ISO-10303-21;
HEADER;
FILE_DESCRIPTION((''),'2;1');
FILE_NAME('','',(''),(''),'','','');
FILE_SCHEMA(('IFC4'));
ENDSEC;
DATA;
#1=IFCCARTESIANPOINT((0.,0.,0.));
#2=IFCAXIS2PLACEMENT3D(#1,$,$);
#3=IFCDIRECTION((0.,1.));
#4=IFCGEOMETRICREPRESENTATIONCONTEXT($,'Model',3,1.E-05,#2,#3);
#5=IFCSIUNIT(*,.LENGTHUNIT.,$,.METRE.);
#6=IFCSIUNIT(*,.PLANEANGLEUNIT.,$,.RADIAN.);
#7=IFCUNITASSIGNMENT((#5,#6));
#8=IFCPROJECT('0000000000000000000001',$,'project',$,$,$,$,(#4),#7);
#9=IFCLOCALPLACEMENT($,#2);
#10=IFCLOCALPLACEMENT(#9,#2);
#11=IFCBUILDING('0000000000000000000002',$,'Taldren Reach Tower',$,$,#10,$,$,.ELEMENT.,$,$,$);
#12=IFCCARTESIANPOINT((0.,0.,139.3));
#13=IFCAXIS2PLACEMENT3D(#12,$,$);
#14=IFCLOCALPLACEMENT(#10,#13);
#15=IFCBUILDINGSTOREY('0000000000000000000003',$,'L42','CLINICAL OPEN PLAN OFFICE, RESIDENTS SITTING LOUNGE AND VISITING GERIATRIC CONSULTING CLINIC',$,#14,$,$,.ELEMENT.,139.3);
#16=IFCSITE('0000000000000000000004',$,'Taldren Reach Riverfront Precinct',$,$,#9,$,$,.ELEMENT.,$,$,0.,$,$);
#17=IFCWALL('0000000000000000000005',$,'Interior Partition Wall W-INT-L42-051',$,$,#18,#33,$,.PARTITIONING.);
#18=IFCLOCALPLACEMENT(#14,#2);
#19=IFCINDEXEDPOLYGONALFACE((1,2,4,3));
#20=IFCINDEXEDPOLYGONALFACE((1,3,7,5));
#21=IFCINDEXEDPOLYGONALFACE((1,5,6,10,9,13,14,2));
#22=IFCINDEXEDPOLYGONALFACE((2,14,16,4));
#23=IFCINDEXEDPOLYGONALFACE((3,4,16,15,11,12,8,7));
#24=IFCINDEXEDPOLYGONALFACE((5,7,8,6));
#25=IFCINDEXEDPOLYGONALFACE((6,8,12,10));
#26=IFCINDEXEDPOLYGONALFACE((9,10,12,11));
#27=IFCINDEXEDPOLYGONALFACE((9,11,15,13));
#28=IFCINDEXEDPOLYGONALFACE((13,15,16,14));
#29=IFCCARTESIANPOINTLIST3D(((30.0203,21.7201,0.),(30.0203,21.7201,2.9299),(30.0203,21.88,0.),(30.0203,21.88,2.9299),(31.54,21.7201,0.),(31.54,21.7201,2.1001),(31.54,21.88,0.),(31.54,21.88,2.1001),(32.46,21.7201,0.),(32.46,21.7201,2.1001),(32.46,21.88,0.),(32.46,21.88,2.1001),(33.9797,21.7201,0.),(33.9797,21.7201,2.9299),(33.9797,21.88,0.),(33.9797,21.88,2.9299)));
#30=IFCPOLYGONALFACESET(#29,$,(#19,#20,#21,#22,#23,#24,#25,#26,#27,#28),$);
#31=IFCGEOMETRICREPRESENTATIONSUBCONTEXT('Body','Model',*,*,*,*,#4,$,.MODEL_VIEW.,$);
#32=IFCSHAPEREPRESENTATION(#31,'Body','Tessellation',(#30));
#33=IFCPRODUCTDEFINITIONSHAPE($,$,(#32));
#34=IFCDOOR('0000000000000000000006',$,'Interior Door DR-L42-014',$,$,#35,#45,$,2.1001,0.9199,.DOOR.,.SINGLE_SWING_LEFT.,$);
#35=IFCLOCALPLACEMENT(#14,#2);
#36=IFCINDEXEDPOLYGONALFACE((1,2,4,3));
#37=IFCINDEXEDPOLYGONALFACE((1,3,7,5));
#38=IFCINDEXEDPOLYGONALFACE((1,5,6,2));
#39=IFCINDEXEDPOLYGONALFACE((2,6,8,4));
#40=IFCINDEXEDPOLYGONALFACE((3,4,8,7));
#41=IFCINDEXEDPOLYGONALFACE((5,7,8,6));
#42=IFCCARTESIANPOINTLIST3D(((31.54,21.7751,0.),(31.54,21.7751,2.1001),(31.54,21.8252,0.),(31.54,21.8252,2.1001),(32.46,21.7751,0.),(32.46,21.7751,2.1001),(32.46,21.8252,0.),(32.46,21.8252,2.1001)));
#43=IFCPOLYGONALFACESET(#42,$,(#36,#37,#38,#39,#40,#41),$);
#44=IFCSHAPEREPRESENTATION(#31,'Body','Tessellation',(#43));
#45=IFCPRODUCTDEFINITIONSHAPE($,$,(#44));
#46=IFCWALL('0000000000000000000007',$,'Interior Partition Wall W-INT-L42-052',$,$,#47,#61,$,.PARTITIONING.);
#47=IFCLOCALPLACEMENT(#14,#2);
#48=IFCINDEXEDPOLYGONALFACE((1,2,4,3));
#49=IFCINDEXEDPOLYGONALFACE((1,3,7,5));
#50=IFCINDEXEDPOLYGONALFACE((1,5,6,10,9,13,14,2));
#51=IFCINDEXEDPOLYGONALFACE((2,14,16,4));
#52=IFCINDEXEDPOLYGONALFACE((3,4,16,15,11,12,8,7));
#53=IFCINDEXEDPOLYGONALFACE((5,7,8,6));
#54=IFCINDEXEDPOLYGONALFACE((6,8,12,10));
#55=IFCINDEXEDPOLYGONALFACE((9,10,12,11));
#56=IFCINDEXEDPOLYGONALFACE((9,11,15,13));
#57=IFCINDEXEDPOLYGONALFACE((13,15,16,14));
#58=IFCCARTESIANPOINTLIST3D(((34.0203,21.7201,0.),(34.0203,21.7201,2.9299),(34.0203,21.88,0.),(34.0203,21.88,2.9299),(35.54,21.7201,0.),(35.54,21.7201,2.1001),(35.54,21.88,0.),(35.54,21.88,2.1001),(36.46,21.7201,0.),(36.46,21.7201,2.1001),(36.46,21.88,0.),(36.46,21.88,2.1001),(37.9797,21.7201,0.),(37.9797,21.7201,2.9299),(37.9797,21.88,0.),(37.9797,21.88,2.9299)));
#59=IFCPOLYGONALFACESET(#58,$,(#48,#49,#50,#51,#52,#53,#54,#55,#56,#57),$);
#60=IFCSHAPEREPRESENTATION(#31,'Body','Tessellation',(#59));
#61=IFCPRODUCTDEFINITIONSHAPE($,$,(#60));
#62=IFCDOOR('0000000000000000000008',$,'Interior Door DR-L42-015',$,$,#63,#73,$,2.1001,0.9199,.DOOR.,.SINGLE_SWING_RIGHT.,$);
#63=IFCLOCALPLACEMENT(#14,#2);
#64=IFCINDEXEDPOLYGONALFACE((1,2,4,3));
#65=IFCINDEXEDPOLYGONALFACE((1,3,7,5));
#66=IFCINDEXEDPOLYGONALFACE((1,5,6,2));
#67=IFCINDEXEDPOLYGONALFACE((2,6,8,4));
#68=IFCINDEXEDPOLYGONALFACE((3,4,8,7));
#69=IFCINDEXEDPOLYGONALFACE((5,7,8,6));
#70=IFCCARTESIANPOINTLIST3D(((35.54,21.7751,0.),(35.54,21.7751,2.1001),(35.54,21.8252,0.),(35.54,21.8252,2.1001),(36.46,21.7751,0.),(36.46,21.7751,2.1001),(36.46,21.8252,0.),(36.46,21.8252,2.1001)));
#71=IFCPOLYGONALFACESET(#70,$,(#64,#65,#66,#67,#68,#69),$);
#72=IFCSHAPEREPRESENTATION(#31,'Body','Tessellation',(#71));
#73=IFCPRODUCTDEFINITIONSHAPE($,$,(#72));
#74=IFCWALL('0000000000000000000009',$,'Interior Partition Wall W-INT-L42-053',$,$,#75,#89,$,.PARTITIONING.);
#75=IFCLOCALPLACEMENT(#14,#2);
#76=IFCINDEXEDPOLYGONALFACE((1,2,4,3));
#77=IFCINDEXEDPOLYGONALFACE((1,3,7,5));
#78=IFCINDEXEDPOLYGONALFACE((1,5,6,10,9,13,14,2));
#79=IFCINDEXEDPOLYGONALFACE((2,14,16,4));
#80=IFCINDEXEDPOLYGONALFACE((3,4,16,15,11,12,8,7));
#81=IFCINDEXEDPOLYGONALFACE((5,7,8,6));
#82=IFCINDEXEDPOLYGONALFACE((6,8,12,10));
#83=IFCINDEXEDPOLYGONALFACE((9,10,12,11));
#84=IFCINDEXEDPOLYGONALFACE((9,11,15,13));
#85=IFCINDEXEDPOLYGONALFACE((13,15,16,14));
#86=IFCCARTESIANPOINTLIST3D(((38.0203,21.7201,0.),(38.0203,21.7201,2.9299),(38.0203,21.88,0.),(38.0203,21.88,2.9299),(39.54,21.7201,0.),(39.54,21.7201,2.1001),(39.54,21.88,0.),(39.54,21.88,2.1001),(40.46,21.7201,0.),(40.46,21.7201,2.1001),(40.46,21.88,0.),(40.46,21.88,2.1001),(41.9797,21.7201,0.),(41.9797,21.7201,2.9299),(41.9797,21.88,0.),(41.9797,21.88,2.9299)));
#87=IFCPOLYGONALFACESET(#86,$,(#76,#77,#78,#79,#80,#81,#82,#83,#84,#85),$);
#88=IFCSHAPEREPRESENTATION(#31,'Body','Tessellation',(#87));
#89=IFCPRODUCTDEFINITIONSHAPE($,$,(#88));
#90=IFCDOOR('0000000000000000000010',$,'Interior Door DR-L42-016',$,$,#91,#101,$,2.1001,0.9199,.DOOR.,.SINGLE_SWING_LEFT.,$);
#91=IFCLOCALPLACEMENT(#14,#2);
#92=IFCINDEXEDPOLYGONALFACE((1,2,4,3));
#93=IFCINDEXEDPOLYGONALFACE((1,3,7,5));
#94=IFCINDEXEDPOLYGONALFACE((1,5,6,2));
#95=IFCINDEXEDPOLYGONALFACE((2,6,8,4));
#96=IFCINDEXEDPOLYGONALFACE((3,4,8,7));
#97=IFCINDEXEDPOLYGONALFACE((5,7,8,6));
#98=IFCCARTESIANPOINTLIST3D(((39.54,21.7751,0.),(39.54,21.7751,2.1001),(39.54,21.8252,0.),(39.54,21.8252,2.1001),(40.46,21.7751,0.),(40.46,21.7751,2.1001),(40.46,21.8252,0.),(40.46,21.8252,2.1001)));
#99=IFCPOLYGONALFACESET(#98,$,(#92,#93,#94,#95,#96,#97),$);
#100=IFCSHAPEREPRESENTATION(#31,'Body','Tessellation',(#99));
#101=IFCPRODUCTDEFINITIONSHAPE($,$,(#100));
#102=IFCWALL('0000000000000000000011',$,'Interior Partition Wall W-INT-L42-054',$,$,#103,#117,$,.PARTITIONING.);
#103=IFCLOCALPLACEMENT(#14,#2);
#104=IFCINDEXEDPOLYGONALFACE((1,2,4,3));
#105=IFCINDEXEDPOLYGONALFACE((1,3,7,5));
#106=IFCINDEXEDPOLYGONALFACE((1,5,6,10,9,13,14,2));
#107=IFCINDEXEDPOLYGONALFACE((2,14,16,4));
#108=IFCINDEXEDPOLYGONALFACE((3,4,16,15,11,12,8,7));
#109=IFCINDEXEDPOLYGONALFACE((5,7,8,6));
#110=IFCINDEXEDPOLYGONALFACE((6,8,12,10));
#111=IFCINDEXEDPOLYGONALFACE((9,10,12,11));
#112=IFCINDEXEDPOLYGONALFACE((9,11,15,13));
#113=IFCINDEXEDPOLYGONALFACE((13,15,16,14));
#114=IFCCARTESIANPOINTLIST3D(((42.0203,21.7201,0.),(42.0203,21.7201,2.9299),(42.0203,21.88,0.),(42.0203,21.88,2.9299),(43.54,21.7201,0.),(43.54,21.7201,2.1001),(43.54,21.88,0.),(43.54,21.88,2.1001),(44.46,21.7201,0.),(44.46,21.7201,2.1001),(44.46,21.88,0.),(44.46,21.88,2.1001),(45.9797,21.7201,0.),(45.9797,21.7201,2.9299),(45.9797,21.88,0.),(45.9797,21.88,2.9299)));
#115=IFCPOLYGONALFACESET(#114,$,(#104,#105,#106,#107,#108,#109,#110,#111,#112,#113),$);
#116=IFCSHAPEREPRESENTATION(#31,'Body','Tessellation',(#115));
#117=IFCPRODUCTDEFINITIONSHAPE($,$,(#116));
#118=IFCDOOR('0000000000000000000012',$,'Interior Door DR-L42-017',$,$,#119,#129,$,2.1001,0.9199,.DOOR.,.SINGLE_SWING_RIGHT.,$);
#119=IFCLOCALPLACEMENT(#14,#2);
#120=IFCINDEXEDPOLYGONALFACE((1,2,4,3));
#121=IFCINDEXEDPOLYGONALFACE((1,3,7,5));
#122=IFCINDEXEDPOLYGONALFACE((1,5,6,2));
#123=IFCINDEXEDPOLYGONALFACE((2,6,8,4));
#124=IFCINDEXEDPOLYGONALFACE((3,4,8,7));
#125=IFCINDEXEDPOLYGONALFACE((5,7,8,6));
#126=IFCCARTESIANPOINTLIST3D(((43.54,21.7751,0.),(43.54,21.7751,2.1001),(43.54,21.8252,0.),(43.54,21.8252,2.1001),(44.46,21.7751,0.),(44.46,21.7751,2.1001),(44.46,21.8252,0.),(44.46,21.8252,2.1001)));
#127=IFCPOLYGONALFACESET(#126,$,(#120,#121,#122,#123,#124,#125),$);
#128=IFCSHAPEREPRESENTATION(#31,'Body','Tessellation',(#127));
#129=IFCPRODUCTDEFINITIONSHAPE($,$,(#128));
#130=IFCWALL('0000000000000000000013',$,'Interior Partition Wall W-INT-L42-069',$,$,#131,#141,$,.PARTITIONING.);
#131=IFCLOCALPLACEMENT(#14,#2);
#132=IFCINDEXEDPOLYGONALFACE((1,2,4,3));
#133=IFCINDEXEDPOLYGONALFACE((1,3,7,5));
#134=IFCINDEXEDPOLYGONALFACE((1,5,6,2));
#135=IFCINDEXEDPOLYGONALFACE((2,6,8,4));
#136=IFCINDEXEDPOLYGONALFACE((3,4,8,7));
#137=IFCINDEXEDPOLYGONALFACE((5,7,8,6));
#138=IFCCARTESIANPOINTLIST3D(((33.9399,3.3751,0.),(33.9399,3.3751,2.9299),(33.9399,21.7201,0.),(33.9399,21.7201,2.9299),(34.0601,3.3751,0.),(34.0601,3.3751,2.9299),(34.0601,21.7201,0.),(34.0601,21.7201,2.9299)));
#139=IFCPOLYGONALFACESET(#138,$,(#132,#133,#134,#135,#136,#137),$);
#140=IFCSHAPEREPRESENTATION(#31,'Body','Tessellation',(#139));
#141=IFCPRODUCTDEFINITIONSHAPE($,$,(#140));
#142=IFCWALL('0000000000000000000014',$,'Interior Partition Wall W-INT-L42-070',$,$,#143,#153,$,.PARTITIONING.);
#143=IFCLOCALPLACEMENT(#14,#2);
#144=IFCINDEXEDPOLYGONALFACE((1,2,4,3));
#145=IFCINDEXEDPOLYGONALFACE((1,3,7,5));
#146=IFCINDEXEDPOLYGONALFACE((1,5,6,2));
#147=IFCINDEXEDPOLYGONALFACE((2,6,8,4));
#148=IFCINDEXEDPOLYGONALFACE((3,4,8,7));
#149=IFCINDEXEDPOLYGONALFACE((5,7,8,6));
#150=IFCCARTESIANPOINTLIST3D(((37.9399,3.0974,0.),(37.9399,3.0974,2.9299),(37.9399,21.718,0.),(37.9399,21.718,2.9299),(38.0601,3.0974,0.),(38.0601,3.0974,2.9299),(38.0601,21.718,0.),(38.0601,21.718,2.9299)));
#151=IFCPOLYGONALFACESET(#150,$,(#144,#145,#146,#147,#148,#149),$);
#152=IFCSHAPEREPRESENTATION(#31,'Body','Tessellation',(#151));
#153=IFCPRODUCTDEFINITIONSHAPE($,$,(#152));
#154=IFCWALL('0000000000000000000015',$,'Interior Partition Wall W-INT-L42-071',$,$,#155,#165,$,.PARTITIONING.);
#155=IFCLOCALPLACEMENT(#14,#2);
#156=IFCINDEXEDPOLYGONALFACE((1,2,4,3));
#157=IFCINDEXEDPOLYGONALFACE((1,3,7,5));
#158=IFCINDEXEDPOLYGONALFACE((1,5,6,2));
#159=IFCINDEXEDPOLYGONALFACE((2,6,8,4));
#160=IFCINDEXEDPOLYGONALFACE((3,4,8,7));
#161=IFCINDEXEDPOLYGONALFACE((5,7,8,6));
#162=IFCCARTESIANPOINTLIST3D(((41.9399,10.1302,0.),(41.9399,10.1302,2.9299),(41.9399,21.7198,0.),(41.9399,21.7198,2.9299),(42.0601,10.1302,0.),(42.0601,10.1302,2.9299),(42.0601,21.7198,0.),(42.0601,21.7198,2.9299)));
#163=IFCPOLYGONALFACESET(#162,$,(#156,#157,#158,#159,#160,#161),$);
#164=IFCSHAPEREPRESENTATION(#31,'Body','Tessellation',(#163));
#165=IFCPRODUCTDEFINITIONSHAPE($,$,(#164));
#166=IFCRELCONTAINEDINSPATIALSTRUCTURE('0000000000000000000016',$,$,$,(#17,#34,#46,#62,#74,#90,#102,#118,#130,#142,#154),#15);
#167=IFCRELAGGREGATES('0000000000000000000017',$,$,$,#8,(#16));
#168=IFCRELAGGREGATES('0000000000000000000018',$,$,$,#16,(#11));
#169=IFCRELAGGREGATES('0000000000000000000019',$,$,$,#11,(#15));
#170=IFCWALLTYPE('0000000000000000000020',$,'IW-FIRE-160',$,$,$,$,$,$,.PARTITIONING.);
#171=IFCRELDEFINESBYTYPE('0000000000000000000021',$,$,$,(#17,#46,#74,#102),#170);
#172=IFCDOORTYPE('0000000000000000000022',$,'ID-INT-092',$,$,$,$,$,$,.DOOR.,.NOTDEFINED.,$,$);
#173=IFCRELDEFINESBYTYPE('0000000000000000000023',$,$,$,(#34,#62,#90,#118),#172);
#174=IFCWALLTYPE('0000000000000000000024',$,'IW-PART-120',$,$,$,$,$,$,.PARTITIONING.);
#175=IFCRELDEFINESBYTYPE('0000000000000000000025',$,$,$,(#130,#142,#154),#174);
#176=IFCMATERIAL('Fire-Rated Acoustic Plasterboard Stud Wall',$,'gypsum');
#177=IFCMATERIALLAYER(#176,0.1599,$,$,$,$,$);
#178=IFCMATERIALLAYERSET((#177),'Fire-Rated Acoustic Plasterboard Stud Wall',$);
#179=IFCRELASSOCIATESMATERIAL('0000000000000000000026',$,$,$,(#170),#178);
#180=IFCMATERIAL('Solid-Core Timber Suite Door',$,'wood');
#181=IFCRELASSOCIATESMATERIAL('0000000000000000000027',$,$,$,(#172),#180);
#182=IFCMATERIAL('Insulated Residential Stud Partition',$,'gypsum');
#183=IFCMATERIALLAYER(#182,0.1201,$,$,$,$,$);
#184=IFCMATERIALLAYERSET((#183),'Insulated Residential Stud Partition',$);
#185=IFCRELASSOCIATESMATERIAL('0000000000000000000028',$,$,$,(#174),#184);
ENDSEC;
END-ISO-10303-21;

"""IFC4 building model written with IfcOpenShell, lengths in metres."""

from ifc_helpers import new_model, si_unit, direction, frame, frame_2d, origin, place, context, subcontext, project, spatial, rectangle, extrude, source, transform, mapped, material, layer, layer_set, type_object, element, fill, save


model = new_model("IFC4")

# Units and contexts
model_context = context("Model", 3, precision=1e-05, world=origin(), true_north=direction((0.0, 1.0)))
body_context = subcontext(model_context, "Body", "Model", "MODEL_VIEW")
ifc_project = project(units=[si_unit("LENGTHUNIT", "METRE"), si_unit("PLANEANGLEUNIT", "RADIAN")], contexts=[model_context])

# Site, building, storey
site_placement = place(None, origin())
site = spatial("IfcSite", under=ifc_project, at=site_placement, Name="Taldren Reach Riverfront Precinct", CompositionType="ELEMENT", RefElevation=0.0)
building_placement = place(site_placement, origin())
building = spatial("IfcBuilding", under=site, at=building_placement, Name="Taldren Reach Tower", CompositionType="ELEMENT")
storey_placement = place(building_placement, frame((0.0, 0.0, 139.3)))
storey = spatial("IfcBuildingStorey", under=building, at=storey_placement, Name="L42", Description="CLINICAL OPEN PLAN OFFICE, RESIDENTS SITTING LOUNGE AND VISITING GERIATRIC CONSULTING CLINIC", CompositionType="ELEMENT", Elevation=139.3)

# Walls, openings, doors
ifc_material_1 = material(Name="Fire-Rated Acoustic Plasterboard Stud Wall", Category="gypsum")
ifc_layer_1 = layer(ifc_material_1, 0.1599)
ifc_layer_set_1 = layer_set([ifc_layer_1], Name="Fire-Rated Acoustic Plasterboard Stud Wall")
wall_type_1 = type_object("IfcWallType", Name="IW-FIRE-160", PredefinedType="PARTITIONING", material=ifc_layer_set_1)
shared_shape_1 = source(origin(), body_context, "Body", "SweptSolid", [
    extrude(rectangle(XDim=3.9595, YDim=0.1599, at=frame_2d((1.9797, 0.0))), origin(), (0.0, 0.0, 1.0), 2.9299),
])
wall_1_placement = place(storey_placement, frame((33.9797, 21.8, 0.0), z_axis=(0.0, 0.0, 1.0), x_axis=(-1.0, 0.0, 0.0)))
wall_1 = element("IfcWall", 1, at=wall_1_placement, inside=storey, type_object=wall_type_1, Name="Interior Partition Wall W-INT-L42-051", PredefinedType="PARTITIONING", context=body_context, shape_type="MappedRepresentation", body=[
    mapped(shared_shape_1, transform((0.0, 0.0, 0.0), scale=1.0)),
])
shared_shape_2 = source(origin(), body_context, "Body", "SweptSolid", [
    extrude(rectangle(XDim=0.9199, YDim=2.1001, at=frame_2d((0.46, 1.05))), frame((0.0, 0.0898, 0.0), z_axis=(0.0, -1.0, 0.0), x_axis=(1.0, 0.0, 0.0)), (0.0, 0.0, 1.0), 0.1799),
])
opening_1_placement = place(wall_1_placement, frame((1.5198, 0.0, 0.0)))
opening_1 = element("IfcOpeningElement", 2, at=opening_1_placement, cuts=wall_1, PredefinedType="OPENING", context=body_context, shape_type="MappedRepresentation", body=[
    mapped(shared_shape_2, transform((0.0, 0.0, 0.0), scale=1.0)),
])
ifc_material_2 = material(Name="Solid-Core Timber Suite Door", Category="wood")
door_type_1 = type_object("IfcDoorType", Name="ID-INT-092", OperationType="NOTDEFINED", PredefinedType="DOOR", material=ifc_material_2)
shared_shape_3 = source(origin(), body_context, "Body", "SweptSolid", [
    extrude(rectangle(XDim=0.9199, YDim=2.1001, at=frame_2d((0.46, 1.05))), frame((0.0, 0.0249, 0.0), z_axis=(0.0, -1.0, 0.0), x_axis=(1.0, 0.0, 0.0)), (0.0, 0.0, 1.0), 0.05),
])
door_1_placement = place(opening_1_placement, origin())
door_1 = element("IfcDoor", 3, at=door_1_placement, inside=storey, type_object=door_type_1, Name="Interior Door DR-L42-014", OperationType="SINGLE_SWING_LEFT", OverallHeight=2.1001, OverallWidth=0.9199, PredefinedType="DOOR", context=body_context, shape_type="MappedRepresentation", body=[
    mapped(shared_shape_3, transform((0.0, 0.0, 0.0), scale=1.0)),
])
fill(opening_1, door_1)
wall_2_placement = place(storey_placement, frame((37.9797, 21.8, 0.0), z_axis=(0.0, 0.0, 1.0), x_axis=(-1.0, 0.0, 0.0)))
wall_2 = element("IfcWall", 4, at=wall_2_placement, inside=storey, type_object=wall_type_1, Name="Interior Partition Wall W-INT-L42-052", PredefinedType="PARTITIONING", context=body_context, shape_type="MappedRepresentation", body=[
    mapped(shared_shape_1, transform((0.0, 0.0, 0.0), scale=1.0)),
])
opening_2_placement = place(wall_2_placement, frame((1.5198, 0.0, 0.0)))
opening_2 = element("IfcOpeningElement", 5, at=opening_2_placement, cuts=wall_2, PredefinedType="OPENING", context=body_context, shape_type="MappedRepresentation", body=[
    mapped(shared_shape_2, transform((0.0, 0.0, 0.0), scale=1.0)),
])
door_2_placement = place(opening_2_placement, origin())
door_2 = element("IfcDoor", 6, at=door_2_placement, inside=storey, type_object=door_type_1, Name="Interior Door DR-L42-015", OperationType="SINGLE_SWING_RIGHT", OverallHeight=2.1001, OverallWidth=0.9199, PredefinedType="DOOR", context=body_context, shape_type="MappedRepresentation", body=[
    mapped(shared_shape_3, transform((0.0, 0.0, 0.0), scale=1.0)),
])
fill(opening_2, door_2)
wall_3_placement = place(storey_placement, frame((41.9797, 21.8, 0.0), z_axis=(0.0, 0.0, 1.0), x_axis=(-1.0, 0.0, 0.0)))
wall_3 = element("IfcWall", 7, at=wall_3_placement, inside=storey, type_object=wall_type_1, Name="Interior Partition Wall W-INT-L42-053", PredefinedType="PARTITIONING", context=body_context, shape_type="MappedRepresentation", body=[
    mapped(shared_shape_1, transform((0.0, 0.0, 0.0), scale=1.0)),
])
opening_3_placement = place(wall_3_placement, frame((1.5198, 0.0, 0.0)))
opening_3 = element("IfcOpeningElement", 8, at=opening_3_placement, cuts=wall_3, PredefinedType="OPENING", context=body_context, shape_type="MappedRepresentation", body=[
    mapped(shared_shape_2, transform((0.0, 0.0, 0.0), scale=1.0)),
])
door_3_placement = place(opening_3_placement, origin())
door_3 = element("IfcDoor", 9, at=door_3_placement, inside=storey, type_object=door_type_1, Name="Interior Door DR-L42-016", OperationType="SINGLE_SWING_LEFT", OverallHeight=2.1001, OverallWidth=0.9199, PredefinedType="DOOR", context=body_context, shape_type="MappedRepresentation", body=[
    mapped(shared_shape_3, transform((0.0, 0.0, 0.0), scale=1.0)),
])
fill(opening_3, door_3)
wall_4_placement = place(storey_placement, frame((45.9797, 21.8, 0.0), z_axis=(0.0, 0.0, 1.0), x_axis=(-1.0, 0.0, 0.0)))
wall_4 = element("IfcWall", 10, at=wall_4_placement, inside=storey, type_object=wall_type_1, Name="Interior Partition Wall W-INT-L42-054", PredefinedType="PARTITIONING", context=body_context, shape_type="MappedRepresentation", body=[
    mapped(shared_shape_1, transform((0.0, 0.0, 0.0), scale=1.0)),
])
opening_4_placement = place(wall_4_placement, frame((1.5198, 0.0, 0.0)))
opening_4 = element("IfcOpeningElement", 11, at=opening_4_placement, cuts=wall_4, PredefinedType="OPENING", context=body_context, shape_type="MappedRepresentation", body=[
    mapped(shared_shape_2, transform((0.0, 0.0, 0.0), scale=1.0)),
])
door_4_placement = place(opening_4_placement, origin())
door_4 = element("IfcDoor", 12, at=door_4_placement, inside=storey, type_object=door_type_1, Name="Interior Door DR-L42-017", OperationType="SINGLE_SWING_RIGHT", OverallHeight=2.1001, OverallWidth=0.9199, PredefinedType="DOOR", context=body_context, shape_type="MappedRepresentation", body=[
    mapped(shared_shape_3, transform((0.0, 0.0, 0.0), scale=1.0)),
])
fill(opening_4, door_4)

# Walls
ifc_material_3 = material(Name="Insulated Residential Stud Partition", Category="gypsum")
ifc_layer_2 = layer(ifc_material_3, 0.1201)
ifc_layer_set_2 = layer_set([ifc_layer_2], Name="Insulated Residential Stud Partition")
wall_type_2 = type_object("IfcWallType", Name="IW-PART-120", PredefinedType="PARTITIONING", material=ifc_layer_set_2)
shared_shape_4 = source(origin(), body_context, "Body", "SweptSolid", [
    extrude(rectangle(XDim=18.345, YDim=0.1201, at=frame_2d((9.1724, 0.0))), origin(), (0.0, 0.0, 1.0), 2.9299),
])
wall_5_placement = place(storey_placement, frame((34.0, 21.72, 0.0), z_axis=(0.0, 0.0, 1.0), x_axis=(0.0, -1.0, 0.0)))
element("IfcWall", 13, at=wall_5_placement, inside=storey, type_object=wall_type_2, Name="Interior Partition Wall W-INT-L42-069", PredefinedType="PARTITIONING", context=body_context, shape_type="MappedRepresentation", body=[
    mapped(shared_shape_4, transform((0.0, 0.0, 0.0), scale=1.0)),
])
shared_shape_5 = source(origin(), body_context, "Body", "SweptSolid", [
    extrude(rectangle(XDim=18.6206, YDim=0.1201, at=frame_2d((9.3103, 0.0))), origin(), (0.0, 0.0, 1.0), 2.9299),
])
wall_6_placement = place(storey_placement, frame((38.0, 21.718, 0.0), z_axis=(0.0, 0.0, 1.0), x_axis=(0.0, -1.0, 0.0)))
element("IfcWall", 14, at=wall_6_placement, inside=storey, type_object=wall_type_2, Name="Interior Partition Wall W-INT-L42-070", PredefinedType="PARTITIONING", context=body_context, shape_type="MappedRepresentation", body=[
    mapped(shared_shape_5, transform((0.0, 0.0, 0.0), scale=1.0)),
])
shared_shape_6 = source(origin(), body_context, "Body", "SweptSolid", [
    extrude(rectangle(XDim=11.5896, YDim=0.1201, at=frame_2d((5.7949, 0.0))), origin(), (0.0, 0.0, 1.0), 2.9299),
])
wall_7_placement = place(storey_placement, frame((42.0, 21.72, 0.0), z_axis=(0.0, 0.0, 1.0), x_axis=(0.0, -1.0, 0.0)))
element("IfcWall", 15, at=wall_7_placement, inside=storey, type_object=wall_type_2, Name="Interior Partition Wall W-INT-L42-071", PredefinedType="PARTITIONING", context=body_context, shape_type="MappedRepresentation", body=[
    mapped(shared_shape_6, transform((0.0, 0.0, 0.0), scale=1.0)),
])

save(model, "model.ifc")
